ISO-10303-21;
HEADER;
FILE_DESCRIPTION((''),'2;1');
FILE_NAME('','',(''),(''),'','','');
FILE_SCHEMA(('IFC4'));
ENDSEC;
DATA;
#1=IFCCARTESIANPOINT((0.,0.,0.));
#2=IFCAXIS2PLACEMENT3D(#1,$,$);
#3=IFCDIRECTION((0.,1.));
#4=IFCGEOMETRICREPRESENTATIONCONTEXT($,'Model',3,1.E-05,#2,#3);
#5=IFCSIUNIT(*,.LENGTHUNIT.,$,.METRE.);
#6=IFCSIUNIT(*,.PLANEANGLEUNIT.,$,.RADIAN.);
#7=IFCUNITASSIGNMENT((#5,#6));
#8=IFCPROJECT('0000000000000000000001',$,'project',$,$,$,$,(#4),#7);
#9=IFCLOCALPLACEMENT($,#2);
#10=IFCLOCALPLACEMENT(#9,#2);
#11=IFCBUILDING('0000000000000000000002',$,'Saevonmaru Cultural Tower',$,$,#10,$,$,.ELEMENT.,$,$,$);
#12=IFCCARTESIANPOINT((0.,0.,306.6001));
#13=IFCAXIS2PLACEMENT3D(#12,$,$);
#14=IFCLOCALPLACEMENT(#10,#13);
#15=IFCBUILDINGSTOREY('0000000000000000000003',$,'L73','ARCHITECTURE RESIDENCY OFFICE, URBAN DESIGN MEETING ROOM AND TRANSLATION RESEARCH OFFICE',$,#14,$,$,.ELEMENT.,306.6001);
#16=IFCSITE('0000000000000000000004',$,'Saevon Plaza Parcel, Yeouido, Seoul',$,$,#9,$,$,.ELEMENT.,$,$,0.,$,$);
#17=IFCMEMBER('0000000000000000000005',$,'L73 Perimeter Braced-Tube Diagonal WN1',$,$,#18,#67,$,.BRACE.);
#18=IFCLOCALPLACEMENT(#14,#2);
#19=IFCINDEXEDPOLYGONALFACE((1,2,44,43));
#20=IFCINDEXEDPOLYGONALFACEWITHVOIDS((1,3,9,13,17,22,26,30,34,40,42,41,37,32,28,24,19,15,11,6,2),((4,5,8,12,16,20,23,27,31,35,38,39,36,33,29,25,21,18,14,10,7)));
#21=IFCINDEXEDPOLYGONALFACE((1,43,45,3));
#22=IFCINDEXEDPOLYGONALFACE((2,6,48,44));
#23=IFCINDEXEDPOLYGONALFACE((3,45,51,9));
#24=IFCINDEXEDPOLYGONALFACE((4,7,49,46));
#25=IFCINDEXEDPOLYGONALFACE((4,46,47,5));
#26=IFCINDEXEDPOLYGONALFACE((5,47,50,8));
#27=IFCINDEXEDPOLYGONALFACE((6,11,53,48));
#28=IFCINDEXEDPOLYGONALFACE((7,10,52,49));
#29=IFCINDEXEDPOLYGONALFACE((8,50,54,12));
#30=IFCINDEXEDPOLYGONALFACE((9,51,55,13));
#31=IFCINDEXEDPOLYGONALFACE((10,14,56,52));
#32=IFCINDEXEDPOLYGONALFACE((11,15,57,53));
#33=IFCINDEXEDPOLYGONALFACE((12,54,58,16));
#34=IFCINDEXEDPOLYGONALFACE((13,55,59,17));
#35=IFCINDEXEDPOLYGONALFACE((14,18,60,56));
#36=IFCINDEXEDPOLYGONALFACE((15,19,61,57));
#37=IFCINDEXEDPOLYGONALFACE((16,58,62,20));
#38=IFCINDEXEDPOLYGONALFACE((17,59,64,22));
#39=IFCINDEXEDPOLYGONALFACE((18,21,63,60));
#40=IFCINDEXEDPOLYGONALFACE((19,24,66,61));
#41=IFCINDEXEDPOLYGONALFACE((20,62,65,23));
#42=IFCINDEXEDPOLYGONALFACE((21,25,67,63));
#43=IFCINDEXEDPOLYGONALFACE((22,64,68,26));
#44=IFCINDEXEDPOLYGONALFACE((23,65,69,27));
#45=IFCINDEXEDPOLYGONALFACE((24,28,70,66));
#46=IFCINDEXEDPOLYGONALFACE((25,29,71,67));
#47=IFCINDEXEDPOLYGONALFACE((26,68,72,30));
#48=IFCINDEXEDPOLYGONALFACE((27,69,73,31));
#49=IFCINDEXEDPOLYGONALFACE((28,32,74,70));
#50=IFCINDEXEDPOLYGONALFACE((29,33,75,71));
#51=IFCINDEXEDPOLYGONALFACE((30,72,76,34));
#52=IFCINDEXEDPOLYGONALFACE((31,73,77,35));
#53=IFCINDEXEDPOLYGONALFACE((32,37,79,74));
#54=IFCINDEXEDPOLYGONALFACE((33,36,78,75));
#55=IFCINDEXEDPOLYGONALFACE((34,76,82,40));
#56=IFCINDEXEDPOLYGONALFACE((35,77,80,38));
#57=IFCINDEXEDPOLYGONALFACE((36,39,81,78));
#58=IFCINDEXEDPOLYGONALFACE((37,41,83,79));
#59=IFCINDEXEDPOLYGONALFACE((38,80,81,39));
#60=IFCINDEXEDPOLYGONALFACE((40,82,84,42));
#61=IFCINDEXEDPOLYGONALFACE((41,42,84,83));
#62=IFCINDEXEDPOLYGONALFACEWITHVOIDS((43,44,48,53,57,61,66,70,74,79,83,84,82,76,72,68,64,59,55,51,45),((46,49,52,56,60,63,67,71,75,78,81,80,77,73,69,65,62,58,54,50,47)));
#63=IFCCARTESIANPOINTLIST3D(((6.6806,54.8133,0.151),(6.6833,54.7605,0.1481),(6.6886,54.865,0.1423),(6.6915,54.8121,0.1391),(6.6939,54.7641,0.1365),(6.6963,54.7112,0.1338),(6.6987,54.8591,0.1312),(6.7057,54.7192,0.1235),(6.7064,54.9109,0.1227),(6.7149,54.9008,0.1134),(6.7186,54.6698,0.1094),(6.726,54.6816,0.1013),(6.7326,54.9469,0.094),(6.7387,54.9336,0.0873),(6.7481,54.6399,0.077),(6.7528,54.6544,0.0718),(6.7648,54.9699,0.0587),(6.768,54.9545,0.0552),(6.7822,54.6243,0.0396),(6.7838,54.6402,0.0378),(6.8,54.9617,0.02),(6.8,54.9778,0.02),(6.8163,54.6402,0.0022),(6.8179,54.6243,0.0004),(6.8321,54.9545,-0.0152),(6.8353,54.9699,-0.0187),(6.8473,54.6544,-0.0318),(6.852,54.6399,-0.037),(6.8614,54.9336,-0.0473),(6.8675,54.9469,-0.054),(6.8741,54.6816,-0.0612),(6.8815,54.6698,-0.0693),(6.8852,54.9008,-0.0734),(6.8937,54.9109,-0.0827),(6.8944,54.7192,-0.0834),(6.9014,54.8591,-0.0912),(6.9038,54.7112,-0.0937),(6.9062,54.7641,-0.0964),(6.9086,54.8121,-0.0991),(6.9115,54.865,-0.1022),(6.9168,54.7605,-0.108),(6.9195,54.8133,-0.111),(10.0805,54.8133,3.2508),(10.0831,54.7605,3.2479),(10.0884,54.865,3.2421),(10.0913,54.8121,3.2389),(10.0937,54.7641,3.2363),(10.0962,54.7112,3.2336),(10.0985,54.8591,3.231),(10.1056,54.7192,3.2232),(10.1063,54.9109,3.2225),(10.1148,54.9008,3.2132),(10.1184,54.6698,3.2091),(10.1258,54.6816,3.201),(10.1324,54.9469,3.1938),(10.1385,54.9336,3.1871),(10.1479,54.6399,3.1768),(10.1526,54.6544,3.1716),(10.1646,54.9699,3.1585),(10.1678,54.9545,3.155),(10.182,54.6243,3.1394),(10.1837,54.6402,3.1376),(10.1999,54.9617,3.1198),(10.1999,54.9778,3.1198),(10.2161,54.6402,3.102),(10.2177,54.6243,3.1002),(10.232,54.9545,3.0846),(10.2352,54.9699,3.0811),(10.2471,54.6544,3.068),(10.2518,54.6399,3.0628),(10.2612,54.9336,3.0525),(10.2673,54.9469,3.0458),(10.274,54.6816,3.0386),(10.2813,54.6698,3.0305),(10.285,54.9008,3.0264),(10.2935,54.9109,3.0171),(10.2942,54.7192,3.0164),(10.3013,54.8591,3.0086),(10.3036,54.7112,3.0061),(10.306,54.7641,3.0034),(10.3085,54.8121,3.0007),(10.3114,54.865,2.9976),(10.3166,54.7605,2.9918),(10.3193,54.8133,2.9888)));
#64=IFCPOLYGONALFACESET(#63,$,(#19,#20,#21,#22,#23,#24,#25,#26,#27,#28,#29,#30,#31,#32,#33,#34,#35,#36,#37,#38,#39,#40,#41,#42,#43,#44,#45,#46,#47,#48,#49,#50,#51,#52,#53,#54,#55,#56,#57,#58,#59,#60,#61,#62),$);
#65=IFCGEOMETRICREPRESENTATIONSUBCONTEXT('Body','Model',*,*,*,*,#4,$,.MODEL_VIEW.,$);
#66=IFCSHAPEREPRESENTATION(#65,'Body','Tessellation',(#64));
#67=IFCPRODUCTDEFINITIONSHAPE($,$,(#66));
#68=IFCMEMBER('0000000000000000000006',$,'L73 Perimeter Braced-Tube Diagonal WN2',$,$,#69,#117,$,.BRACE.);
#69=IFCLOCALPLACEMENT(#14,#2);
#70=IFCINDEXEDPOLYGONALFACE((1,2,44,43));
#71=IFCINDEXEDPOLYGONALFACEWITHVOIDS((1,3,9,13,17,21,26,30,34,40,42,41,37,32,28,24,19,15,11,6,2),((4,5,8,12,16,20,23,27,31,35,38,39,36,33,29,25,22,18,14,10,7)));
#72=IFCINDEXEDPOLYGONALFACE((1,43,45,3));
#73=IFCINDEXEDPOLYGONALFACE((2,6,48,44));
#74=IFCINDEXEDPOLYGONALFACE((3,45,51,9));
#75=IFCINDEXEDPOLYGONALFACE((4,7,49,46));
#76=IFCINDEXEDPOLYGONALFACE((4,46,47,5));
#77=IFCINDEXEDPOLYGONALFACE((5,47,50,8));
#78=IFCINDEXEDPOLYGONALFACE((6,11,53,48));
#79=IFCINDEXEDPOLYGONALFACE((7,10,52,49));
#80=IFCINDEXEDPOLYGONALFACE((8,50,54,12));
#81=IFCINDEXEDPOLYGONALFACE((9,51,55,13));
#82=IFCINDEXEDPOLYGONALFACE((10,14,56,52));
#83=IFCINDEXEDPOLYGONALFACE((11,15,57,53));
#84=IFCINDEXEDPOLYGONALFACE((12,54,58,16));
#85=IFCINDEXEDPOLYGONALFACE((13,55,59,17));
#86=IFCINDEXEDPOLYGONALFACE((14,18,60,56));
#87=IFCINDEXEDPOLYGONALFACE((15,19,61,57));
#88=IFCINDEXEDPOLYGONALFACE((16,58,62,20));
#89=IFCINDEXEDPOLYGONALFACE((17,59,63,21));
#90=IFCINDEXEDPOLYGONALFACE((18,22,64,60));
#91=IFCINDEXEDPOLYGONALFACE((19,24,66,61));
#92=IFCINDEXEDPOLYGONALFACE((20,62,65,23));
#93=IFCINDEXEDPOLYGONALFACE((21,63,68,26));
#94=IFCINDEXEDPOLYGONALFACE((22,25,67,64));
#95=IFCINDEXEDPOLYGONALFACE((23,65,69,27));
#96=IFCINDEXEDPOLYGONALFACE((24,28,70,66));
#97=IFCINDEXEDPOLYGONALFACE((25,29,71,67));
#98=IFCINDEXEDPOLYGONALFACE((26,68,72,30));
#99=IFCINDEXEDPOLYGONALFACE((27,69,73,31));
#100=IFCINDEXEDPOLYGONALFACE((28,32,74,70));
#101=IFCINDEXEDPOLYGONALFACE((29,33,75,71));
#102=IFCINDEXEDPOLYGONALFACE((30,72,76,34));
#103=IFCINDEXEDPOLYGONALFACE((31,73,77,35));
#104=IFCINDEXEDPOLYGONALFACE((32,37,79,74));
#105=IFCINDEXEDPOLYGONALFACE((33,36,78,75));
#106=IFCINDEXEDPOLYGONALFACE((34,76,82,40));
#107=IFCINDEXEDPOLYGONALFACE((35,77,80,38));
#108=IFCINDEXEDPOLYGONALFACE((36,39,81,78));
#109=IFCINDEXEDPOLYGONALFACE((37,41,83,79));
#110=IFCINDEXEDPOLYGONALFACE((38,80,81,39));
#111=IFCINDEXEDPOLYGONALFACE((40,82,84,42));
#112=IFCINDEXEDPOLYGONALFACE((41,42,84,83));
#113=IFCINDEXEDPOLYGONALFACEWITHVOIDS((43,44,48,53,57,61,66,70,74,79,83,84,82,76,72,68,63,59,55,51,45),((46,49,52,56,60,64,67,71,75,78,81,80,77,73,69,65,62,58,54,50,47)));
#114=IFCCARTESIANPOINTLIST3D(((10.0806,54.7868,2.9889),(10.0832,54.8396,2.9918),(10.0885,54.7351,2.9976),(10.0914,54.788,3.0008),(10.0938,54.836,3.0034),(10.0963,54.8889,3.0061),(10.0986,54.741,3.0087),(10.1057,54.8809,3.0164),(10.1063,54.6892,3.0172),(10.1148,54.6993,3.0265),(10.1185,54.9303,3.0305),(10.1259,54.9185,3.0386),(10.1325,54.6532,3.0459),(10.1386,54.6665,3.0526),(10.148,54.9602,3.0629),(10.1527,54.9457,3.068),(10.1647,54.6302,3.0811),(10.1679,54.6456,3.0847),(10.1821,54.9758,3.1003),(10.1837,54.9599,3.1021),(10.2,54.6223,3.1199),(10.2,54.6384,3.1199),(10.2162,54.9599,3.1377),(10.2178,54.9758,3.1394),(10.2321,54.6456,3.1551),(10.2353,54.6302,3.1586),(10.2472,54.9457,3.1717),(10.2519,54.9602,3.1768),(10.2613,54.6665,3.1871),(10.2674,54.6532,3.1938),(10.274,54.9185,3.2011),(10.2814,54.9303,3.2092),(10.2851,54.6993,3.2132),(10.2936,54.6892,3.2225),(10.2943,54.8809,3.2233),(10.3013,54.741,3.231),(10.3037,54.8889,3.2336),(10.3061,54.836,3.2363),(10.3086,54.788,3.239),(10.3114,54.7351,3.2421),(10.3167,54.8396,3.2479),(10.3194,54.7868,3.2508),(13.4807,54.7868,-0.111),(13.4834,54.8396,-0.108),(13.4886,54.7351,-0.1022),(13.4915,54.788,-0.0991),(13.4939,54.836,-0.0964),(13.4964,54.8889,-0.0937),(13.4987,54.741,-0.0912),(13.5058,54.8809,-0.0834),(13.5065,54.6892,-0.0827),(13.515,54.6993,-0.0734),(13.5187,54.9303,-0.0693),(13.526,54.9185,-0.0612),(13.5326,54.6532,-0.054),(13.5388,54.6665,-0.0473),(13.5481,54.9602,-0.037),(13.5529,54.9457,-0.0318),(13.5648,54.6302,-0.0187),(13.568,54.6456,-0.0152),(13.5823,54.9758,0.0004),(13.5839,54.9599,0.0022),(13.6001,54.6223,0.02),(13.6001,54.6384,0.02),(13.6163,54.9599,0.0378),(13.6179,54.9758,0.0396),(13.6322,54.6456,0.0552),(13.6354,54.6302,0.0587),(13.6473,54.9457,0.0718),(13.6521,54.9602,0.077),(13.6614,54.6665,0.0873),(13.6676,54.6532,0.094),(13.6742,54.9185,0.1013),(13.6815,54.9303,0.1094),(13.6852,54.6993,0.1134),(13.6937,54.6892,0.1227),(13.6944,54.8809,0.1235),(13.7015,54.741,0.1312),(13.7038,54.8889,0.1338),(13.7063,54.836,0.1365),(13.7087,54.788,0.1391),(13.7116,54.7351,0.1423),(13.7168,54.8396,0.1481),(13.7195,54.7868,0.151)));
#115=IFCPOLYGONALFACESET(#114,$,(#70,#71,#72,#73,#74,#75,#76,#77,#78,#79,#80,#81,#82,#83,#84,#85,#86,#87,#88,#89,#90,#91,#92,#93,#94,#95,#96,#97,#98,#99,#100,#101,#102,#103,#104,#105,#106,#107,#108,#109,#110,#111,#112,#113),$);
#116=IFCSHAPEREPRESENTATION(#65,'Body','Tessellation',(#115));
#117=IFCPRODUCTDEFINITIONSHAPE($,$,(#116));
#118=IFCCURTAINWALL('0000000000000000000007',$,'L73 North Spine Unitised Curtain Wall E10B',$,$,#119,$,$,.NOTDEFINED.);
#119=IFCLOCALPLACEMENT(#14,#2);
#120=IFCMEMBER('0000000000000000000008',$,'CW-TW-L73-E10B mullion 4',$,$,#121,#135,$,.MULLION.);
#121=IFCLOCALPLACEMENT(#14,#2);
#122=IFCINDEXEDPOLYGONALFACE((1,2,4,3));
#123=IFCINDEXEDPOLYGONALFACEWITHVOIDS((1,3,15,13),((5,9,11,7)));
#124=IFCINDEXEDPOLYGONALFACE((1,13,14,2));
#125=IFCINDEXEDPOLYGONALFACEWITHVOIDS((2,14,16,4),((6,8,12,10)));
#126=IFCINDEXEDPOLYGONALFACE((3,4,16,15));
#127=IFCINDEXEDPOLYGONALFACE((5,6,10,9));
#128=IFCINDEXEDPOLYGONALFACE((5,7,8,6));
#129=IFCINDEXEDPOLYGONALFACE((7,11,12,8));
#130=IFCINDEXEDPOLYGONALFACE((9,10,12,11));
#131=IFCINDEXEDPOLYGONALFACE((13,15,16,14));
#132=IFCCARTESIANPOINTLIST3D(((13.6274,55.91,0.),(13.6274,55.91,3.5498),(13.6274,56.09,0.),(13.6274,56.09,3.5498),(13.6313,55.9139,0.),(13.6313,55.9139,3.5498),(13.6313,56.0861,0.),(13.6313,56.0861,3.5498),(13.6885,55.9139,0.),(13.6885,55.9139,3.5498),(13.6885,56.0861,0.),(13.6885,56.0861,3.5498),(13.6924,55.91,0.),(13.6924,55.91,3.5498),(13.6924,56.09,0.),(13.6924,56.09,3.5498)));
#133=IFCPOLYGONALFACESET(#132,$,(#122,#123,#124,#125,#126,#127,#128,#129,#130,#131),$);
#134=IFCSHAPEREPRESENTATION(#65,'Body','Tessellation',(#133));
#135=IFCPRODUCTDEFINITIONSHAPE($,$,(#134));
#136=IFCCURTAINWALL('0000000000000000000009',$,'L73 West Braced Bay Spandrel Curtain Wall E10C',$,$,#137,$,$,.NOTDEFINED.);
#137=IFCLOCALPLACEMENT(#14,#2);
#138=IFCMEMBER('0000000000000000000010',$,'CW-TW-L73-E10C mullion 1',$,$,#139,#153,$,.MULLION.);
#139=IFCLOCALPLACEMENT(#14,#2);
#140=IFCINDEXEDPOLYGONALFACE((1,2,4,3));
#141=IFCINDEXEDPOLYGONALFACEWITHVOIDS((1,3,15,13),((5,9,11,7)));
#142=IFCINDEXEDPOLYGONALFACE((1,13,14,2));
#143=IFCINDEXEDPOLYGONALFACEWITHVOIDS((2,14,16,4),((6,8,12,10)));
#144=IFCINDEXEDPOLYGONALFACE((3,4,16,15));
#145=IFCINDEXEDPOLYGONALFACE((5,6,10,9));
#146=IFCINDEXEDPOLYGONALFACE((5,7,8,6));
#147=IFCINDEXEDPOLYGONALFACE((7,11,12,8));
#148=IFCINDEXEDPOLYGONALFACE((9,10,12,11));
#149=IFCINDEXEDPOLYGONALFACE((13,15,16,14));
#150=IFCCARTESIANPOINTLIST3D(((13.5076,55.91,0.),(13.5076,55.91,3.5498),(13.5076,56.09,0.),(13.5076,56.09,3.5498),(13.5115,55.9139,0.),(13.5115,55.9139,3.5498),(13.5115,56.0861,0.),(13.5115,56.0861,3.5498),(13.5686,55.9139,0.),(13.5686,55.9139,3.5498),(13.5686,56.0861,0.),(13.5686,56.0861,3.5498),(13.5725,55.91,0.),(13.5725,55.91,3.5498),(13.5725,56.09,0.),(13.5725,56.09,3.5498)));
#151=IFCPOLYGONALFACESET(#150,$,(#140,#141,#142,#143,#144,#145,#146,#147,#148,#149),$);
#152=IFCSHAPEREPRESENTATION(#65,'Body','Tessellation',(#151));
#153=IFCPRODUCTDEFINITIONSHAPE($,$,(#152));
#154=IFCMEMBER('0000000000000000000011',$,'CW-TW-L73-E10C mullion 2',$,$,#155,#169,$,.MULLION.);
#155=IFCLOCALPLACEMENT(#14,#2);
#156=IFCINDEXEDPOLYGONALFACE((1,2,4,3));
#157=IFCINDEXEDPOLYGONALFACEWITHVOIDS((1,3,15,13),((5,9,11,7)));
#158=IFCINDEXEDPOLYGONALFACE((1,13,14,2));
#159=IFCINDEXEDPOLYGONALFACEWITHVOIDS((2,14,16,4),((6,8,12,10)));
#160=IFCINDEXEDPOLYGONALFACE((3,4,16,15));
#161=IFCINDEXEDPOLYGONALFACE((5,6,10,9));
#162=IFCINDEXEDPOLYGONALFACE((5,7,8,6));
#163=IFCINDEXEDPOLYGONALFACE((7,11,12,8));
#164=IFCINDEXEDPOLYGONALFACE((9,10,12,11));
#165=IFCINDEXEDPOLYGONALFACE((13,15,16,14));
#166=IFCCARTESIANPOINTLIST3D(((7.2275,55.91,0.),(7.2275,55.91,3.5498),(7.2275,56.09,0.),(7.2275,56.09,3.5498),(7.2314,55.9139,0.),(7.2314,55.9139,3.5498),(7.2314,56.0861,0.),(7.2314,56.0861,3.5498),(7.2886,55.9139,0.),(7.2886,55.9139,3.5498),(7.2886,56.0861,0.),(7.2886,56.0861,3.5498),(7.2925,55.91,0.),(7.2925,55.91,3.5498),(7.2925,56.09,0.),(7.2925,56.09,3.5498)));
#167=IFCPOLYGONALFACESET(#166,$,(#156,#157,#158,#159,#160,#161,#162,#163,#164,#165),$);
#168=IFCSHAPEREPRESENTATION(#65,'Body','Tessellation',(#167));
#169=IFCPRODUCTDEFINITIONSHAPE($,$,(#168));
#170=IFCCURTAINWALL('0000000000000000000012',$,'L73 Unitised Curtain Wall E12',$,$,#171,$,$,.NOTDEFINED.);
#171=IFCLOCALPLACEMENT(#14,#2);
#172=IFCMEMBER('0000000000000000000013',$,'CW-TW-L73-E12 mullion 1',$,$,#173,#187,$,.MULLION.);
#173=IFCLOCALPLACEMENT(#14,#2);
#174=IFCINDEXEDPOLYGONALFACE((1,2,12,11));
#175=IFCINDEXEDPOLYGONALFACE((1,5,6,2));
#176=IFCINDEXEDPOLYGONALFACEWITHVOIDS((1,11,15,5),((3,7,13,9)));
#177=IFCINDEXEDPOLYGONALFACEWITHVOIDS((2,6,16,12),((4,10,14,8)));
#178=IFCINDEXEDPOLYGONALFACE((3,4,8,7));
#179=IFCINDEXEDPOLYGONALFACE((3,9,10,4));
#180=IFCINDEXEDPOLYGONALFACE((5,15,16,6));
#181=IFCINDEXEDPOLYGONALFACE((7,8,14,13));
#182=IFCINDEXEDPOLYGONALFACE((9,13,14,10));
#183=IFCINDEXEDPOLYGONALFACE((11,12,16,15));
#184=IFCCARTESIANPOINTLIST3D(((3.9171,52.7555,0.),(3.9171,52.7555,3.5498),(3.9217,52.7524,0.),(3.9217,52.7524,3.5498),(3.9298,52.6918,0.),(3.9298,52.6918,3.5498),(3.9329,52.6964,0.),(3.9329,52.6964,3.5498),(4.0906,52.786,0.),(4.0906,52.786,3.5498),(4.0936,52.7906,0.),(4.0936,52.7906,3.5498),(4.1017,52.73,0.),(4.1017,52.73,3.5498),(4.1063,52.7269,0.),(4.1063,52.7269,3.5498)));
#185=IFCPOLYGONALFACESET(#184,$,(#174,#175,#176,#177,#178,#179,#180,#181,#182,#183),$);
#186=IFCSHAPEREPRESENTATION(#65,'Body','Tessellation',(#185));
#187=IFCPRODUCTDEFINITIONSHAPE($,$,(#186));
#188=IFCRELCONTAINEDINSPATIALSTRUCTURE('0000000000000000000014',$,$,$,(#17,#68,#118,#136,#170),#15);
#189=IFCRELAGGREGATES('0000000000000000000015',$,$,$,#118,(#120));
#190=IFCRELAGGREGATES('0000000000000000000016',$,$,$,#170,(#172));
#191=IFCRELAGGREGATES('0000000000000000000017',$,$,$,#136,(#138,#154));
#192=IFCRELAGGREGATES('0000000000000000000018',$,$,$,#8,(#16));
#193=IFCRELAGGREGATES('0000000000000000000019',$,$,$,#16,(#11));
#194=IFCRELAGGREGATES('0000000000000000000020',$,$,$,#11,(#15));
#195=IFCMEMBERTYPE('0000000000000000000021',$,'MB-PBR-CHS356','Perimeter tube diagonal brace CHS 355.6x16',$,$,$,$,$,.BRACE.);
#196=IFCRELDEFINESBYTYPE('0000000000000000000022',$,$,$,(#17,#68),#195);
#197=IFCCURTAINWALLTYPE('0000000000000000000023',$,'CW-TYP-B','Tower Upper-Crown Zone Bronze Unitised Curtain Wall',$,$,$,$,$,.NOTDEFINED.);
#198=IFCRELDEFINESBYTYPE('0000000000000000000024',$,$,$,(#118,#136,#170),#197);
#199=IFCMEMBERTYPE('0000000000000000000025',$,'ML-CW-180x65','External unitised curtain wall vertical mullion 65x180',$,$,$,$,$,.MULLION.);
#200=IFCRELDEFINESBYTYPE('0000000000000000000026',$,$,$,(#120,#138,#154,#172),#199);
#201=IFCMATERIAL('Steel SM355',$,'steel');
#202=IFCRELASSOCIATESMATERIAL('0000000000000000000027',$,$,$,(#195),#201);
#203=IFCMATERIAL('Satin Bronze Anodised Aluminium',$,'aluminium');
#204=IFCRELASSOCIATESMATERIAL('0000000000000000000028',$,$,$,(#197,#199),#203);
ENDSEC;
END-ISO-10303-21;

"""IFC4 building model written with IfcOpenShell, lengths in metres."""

from ifc_helpers import new_model, si_unit, direction, frame, origin, origin_2d, place, context, subcontext, project, spatial, hollow_rectangle, hollow_circle, extrude, material, material_profile, profile_set, type_object, element, aggregate, save


model = new_model("IFC4")

# Units and contexts
model_context = context("Model", 3, precision=1e-05, world=origin(), true_north=direction((0.0, 1.0)))
body_context = subcontext(model_context, "Body", "Model", "MODEL_VIEW")
ifc_project = project(units=[si_unit("LENGTHUNIT", "METRE"), si_unit("PLANEANGLEUNIT", "RADIAN")], contexts=[model_context])

# Site, building, storey
site_placement = place(None, origin())
site = spatial("IfcSite", under=ifc_project, at=site_placement, Name="Saevon Plaza Parcel, Yeouido, Seoul", CompositionType="ELEMENT", RefElevation=0.0)
building_placement = place(site_placement, origin())
building = spatial("IfcBuilding", under=site, at=building_placement, Name="Saevonmaru Cultural Tower", CompositionType="ELEMENT")
storey_placement = place(building_placement, frame((0.0, 0.0, 306.6001)))
storey = spatial("IfcBuildingStorey", under=building, at=storey_placement, Name="L73", Description="ARCHITECTURE RESIDENCY OFFICE, URBAN DESIGN MEETING ROOM AND TRANSLATION RESEARCH OFFICE", CompositionType="ELEMENT", Elevation=306.6001)

# Shared definitions
ifc_material_1 = material(Name="Steel SM355", Category="steel")

# Members
ifc_material_profile_1 = material_profile(ifc_material_1, hollow_circle(Radius=0.1777, WallThickness=0.0161, at=origin_2d()), Name="CHS-355.6x16")
ifc_profile_set_1 = profile_set([ifc_material_profile_1], Name="Steel SM355")
member_type_1 = type_object("IfcMemberType", Name="MB-PBR-CHS356", Description="Perimeter tube diagonal brace CHS 355.6x16", PredefinedType="BRACE", material=ifc_profile_set_1)
member_1_placement = place(storey_placement, frame((6.8, 54.8, 0.02), z_axis=(0.738962, 0.0, 0.673747), x_axis=(0.0, 1.0, 0.0)))
element("IfcMember", 1, at=member_1_placement, inside=storey, type_object=member_type_1, Name="L73 Perimeter Braced-Tube Diagonal WN1", PredefinedType="BRACE", context=body_context, shape_type="SweptSolid", body=[
    extrude(hollow_circle(Radius=0.1777, WallThickness=0.0161, at=origin_2d()), origin(), (0.0, 0.0, 1.0), 4.6008),
])
member_2_placement = place(storey_placement, frame((13.6001, 54.8, 0.02), z_axis=(-0.738986, 0.0, 0.673721), x_axis=(0.0, -1.0, 0.0)))
element("IfcMember", 2, at=member_2_placement, inside=storey, type_object=member_type_1, Name="L73 Perimeter Braced-Tube Diagonal WN2", PredefinedType="BRACE", context=body_context, shape_type="SweptSolid", body=[
    extrude(hollow_circle(Radius=0.1777, WallThickness=0.0161, at=origin_2d()), origin(), (0.0, 0.0, 1.0), 4.6011),
])

# Curtain wall, member
ifc_material_2 = material(Name="Satin Bronze Anodised Aluminium", Category="aluminium")
curtain_wall_type = type_object("IfcCurtainWallType", Name="CW-TYP-B", Description="Tower Upper-Crown Zone Bronze Unitised Curtain Wall", PredefinedType="NOTDEFINED", material=ifc_material_2)
curtain_wall_1_placement = place(storey_placement, origin())
curtain_wall_1 = element("IfcCurtainWall", 3, at=curtain_wall_1_placement, inside=storey, type_object=curtain_wall_type, Name="L73 North Spine Unitised Curtain Wall E10B", PredefinedType="NOTDEFINED")
ifc_material_profile_2 = material_profile(ifc_material_2, hollow_rectangle(XDim=0.0649, YDim=0.1799, WallThickness=0.0039, at=origin_2d()), Name="ALU-MULL-180x65x4")
ifc_profile_set_2 = profile_set([ifc_material_profile_2], Name="Satin Bronze Anodised Aluminium")
member_type_2 = type_object("IfcMemberType", Name="ML-CW-180x65", Description="External unitised curtain wall vertical mullion 65x180", PredefinedType="MULLION", material=ifc_profile_set_2)
member_3_placement = place(storey_placement, frame((13.6599, 56.0, 0.0), z_axis=(0.0, 0.0, 1.0), x_axis=(-1.0, 0.0, 0.0)))
member_3 = element("IfcMember", 4, at=member_3_placement, type_object=member_type_2, Name="CW-TW-L73-E10B mullion 4", PredefinedType="MULLION", context=body_context, shape_type="SweptSolid", body=[
    extrude(hollow_rectangle(XDim=0.0649, YDim=0.1799, WallThickness=0.0039, at=origin_2d()), origin(), (0.0, 0.0, 1.0), 3.5498),
])
aggregate(curtain_wall_1, [member_3])

# Curtain wall, members
curtain_wall_2_placement = place(storey_placement, origin())
curtain_wall_2 = element("IfcCurtainWall", 5, at=curtain_wall_2_placement, inside=storey, type_object=curtain_wall_type, Name="L73 West Braced Bay Spandrel Curtain Wall E10C", PredefinedType="NOTDEFINED")
member_4_placement = place(storey_placement, frame((13.54, 56.0, 0.0), z_axis=(0.0, 0.0, 1.0), x_axis=(-1.0, 0.0, 0.0)))
member_4 = element("IfcMember", 6, at=member_4_placement, type_object=member_type_2, Name="CW-TW-L73-E10C mullion 1", PredefinedType="MULLION", context=body_context, shape_type="SweptSolid", body=[
    extrude(hollow_rectangle(XDim=0.0649, YDim=0.1799, WallThickness=0.0039, at=origin_2d()), origin(), (0.0, 0.0, 1.0), 3.5498),
])
member_5_placement = place(storey_placement, frame((7.26, 56.0, 0.0), z_axis=(0.0, 0.0, 1.0), x_axis=(-1.0, 0.0, 0.0)))
member_5 = element("IfcMember", 7, at=member_5_placement, type_object=member_type_2, Name="CW-TW-L73-E10C mullion 2", PredefinedType="MULLION", context=body_context, shape_type="SweptSolid", body=[
    extrude(hollow_rectangle(XDim=0.0649, YDim=0.1799, WallThickness=0.0039, at=origin_2d()), origin(), (0.0, 0.0, 1.0), 3.5498),
])

# Curtain wall, member
curtain_wall_3_placement = place(storey_placement, origin())
curtain_wall_3 = element("IfcCurtainWall", 8, at=curtain_wall_3_placement, inside=storey, type_object=curtain_wall_type, Name="L73 Unitised Curtain Wall E12", PredefinedType="NOTDEFINED")
member_6_placement = place(storey_placement, frame((4.0117, 52.7412, 0.0), z_axis=(0.0, 0.0, 1.0), x_axis=(0.195005, -0.980802, 0.0)))
member_6 = element("IfcMember", 9, at=member_6_placement, type_object=member_type_2, Name="CW-TW-L73-E12 mullion 1", PredefinedType="MULLION", context=body_context, shape_type="SweptSolid", body=[
    extrude(hollow_rectangle(XDim=0.0649, YDim=0.1799, WallThickness=0.0039, at=origin_2d()), origin(), (0.0, 0.0, 1.0), 3.5498),
])

aggregate(curtain_wall_3, [member_6])
aggregate(curtain_wall_2, [member_4, member_5])

save(model, "model.ifc")
